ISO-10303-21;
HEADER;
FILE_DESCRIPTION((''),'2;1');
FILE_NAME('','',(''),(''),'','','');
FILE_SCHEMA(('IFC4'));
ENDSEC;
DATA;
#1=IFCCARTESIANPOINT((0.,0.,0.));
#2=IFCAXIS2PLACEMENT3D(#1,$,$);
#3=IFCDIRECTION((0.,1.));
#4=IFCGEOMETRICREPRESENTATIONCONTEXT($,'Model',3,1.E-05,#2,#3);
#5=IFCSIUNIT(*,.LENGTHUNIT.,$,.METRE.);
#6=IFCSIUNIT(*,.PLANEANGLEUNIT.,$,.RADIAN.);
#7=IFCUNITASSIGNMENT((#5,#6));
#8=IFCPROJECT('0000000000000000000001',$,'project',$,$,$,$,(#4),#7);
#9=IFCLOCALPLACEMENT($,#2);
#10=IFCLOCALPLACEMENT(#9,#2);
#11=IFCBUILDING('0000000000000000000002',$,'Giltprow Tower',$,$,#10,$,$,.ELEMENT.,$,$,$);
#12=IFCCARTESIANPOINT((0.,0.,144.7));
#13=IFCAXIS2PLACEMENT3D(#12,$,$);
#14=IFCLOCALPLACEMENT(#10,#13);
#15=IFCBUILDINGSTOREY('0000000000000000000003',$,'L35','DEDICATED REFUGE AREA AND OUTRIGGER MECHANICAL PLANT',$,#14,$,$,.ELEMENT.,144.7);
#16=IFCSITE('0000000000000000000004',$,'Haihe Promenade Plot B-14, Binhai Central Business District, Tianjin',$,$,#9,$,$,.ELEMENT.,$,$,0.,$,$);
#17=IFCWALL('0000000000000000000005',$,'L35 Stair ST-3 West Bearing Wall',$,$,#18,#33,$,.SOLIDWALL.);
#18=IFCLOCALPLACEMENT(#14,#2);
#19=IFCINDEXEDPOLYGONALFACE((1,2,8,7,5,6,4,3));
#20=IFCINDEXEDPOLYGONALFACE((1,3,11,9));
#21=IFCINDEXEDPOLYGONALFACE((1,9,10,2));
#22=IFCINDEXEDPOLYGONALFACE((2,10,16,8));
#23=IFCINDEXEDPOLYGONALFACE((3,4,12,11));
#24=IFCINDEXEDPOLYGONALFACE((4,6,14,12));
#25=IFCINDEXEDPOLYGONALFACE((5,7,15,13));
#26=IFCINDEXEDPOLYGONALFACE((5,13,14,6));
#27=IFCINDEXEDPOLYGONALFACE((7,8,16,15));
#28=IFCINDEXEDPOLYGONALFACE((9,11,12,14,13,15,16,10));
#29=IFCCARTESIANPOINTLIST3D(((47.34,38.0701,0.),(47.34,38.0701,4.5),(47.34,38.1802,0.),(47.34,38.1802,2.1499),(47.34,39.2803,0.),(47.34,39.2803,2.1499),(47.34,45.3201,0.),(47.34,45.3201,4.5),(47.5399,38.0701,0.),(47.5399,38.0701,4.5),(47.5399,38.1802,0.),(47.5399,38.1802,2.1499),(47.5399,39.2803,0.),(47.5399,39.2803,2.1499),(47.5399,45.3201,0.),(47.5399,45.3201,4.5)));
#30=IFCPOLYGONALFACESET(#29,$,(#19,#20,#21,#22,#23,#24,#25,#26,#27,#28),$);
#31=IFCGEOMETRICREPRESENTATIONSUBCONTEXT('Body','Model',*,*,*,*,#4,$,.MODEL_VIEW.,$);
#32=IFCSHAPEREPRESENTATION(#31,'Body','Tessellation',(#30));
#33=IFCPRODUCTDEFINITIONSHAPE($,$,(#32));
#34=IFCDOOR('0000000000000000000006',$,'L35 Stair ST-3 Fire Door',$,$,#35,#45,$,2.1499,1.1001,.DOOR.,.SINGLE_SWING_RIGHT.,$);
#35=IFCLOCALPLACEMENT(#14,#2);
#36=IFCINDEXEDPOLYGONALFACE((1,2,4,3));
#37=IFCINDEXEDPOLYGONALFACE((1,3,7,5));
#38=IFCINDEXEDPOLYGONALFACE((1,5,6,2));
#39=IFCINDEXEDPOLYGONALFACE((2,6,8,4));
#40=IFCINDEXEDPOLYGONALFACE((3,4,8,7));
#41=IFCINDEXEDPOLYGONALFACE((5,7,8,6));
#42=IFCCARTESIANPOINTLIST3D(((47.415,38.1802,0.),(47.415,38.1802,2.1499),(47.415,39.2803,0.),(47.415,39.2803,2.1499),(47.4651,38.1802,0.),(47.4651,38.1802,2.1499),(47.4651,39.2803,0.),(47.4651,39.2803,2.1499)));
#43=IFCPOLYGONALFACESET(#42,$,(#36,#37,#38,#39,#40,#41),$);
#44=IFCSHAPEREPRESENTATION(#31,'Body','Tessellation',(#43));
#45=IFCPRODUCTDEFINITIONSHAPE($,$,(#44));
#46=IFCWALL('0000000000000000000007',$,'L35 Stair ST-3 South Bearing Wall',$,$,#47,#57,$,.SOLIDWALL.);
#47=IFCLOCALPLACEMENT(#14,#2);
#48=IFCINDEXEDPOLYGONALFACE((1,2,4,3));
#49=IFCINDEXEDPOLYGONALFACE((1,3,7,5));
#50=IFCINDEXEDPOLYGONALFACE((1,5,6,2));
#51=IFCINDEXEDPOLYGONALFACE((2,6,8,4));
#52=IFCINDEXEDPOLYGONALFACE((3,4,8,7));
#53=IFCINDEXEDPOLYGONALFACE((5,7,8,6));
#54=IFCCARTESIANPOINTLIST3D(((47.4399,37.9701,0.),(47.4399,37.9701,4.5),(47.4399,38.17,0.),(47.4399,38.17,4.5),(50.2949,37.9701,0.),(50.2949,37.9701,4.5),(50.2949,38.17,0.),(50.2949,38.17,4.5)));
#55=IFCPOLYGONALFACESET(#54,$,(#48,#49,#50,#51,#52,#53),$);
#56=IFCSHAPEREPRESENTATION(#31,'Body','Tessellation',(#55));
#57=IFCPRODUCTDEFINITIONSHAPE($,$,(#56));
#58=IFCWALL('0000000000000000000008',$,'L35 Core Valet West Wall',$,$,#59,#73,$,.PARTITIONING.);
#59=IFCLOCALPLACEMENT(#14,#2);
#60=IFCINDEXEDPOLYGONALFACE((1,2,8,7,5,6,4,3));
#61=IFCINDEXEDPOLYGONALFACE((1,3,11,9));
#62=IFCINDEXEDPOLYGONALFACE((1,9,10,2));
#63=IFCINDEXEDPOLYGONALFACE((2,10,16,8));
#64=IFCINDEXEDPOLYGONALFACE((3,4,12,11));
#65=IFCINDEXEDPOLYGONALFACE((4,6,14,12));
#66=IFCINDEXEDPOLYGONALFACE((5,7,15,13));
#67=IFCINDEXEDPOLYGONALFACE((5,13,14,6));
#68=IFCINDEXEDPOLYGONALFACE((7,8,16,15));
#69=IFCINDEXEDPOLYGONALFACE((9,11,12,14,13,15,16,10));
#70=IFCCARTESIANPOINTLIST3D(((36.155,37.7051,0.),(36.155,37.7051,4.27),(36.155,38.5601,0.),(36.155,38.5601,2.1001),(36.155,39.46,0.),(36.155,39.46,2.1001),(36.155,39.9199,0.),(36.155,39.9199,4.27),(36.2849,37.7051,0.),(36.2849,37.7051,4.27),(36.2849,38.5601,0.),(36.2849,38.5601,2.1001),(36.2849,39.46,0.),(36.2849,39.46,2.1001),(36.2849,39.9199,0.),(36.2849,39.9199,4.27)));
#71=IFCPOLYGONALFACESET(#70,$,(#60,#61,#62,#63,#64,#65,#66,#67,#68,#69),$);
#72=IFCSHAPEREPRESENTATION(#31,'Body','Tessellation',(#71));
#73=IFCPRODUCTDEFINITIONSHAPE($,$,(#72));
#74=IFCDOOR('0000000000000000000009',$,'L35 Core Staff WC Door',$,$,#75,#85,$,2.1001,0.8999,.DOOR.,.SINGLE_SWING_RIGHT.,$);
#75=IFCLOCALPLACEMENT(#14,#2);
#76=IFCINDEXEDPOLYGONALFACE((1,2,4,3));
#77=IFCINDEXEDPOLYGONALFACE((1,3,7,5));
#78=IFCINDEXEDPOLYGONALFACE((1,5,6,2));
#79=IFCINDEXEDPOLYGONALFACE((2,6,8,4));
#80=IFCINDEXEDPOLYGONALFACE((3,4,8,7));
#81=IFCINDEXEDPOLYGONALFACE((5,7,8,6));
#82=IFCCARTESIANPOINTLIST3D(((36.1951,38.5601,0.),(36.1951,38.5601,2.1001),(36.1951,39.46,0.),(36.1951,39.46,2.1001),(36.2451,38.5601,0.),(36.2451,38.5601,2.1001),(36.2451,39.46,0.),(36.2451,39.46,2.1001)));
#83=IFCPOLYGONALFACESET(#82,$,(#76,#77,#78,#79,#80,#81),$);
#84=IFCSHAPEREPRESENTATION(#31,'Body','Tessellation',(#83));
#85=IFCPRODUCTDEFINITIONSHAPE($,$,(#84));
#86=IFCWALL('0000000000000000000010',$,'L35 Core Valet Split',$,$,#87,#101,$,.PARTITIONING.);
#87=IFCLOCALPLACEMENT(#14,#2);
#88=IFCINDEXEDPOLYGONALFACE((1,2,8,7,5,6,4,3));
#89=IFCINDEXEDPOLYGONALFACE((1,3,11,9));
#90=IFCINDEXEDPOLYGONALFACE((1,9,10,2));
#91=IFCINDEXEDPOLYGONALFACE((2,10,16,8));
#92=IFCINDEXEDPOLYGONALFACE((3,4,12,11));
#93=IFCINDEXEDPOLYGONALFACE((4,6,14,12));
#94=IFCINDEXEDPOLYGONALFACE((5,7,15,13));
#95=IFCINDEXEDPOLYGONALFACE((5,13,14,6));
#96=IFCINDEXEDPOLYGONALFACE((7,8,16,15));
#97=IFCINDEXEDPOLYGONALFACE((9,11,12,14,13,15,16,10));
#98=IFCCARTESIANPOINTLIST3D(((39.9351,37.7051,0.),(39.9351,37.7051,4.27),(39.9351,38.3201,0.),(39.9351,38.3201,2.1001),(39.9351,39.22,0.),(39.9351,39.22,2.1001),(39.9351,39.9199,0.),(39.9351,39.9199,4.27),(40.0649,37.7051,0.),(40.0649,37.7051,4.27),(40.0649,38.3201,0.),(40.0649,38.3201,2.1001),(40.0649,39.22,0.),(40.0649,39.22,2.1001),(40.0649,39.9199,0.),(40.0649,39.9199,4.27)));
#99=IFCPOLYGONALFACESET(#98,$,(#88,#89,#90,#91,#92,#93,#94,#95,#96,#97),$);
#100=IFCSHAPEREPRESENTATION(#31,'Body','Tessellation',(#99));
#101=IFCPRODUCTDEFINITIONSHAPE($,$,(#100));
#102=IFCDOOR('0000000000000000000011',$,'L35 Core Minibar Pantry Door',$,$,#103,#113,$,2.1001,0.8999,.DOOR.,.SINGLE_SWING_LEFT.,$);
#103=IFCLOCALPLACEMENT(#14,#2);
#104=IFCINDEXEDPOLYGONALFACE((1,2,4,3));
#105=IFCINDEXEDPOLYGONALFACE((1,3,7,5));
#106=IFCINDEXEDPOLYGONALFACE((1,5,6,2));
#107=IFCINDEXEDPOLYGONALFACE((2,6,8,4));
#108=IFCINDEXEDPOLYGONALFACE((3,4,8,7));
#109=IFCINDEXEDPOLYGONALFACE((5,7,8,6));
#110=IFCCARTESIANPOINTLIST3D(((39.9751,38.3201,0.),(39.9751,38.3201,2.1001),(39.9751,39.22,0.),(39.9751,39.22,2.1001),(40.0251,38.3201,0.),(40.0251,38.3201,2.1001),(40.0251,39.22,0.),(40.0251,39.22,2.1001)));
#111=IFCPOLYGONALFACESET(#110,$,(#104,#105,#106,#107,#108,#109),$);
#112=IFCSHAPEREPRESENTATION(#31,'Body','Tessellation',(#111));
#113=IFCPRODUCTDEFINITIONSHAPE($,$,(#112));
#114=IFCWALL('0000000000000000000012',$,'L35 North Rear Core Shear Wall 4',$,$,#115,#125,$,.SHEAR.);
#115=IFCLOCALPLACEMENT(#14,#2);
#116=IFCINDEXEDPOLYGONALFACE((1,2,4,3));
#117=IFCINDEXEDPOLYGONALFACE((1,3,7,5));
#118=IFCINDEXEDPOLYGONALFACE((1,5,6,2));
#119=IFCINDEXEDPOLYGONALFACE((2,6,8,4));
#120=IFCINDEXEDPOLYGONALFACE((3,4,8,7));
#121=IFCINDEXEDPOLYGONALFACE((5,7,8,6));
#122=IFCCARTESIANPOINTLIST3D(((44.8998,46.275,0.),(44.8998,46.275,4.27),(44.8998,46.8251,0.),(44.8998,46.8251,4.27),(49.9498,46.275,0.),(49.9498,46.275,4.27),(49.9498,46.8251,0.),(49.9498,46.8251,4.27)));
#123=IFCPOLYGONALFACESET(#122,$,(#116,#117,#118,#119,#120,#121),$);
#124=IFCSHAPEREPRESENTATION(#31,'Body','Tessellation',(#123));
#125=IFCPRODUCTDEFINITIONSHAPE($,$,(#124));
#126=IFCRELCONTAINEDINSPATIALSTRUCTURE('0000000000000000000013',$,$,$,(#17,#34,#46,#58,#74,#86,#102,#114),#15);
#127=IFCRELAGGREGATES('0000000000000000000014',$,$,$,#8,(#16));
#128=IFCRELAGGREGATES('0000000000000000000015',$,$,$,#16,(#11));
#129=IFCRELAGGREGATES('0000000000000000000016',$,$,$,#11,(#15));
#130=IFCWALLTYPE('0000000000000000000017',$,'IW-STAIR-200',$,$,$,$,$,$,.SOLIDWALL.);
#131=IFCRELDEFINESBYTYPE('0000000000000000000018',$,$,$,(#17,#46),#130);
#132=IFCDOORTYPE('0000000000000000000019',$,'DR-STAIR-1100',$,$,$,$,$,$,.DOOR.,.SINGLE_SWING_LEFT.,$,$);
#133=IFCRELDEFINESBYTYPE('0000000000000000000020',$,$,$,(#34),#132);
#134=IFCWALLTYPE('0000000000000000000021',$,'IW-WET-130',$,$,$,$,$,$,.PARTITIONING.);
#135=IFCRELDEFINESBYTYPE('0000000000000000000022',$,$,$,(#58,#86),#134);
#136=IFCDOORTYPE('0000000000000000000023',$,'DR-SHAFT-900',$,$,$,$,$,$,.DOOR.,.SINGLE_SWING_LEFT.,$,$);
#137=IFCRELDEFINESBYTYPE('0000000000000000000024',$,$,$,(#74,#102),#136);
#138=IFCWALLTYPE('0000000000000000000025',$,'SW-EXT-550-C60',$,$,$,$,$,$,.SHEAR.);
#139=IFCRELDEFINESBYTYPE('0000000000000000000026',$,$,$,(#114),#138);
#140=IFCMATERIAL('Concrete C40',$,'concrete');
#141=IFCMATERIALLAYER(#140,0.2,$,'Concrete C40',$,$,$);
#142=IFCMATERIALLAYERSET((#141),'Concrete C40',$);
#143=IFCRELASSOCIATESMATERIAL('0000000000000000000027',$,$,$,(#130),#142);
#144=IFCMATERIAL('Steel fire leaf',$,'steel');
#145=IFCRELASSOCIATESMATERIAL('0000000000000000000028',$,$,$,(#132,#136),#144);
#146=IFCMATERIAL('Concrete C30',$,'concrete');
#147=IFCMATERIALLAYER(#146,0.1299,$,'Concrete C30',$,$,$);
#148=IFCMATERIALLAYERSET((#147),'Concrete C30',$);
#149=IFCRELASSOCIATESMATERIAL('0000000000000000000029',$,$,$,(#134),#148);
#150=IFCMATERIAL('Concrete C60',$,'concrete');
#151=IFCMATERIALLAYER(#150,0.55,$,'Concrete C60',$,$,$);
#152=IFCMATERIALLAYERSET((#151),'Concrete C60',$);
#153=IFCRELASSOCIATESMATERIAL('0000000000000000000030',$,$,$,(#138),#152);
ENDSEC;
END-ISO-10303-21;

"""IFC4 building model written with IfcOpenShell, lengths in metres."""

from ifc_helpers import new_model, si_unit, direction, frame, frame_2d, origin, place, context, subcontext, project, spatial, rectangle, extrude, source, transform, mapped, material, layer, layer_set, type_object, element, fill, save


model = new_model("IFC4")

# Units and contexts
model_context = context("Model", 3, precision=1e-05, world=origin(), true_north=direction((0.0, 1.0)))
body_context = subcontext(model_context, "Body", "Model", "MODEL_VIEW")
ifc_project = project(units=[si_unit("LENGTHUNIT", "METRE"), si_unit("PLANEANGLEUNIT", "RADIAN")], contexts=[model_context])

# Site, building, storey
site_placement = place(None, origin())
site = spatial("IfcSite", under=ifc_project, at=site_placement, Name="Haihe Promenade Plot B-14, Binhai Central Business District, Tianjin", CompositionType="ELEMENT", RefElevation=0.0)
building_placement = place(site_placement, origin())
building = spatial("IfcBuilding", under=site, at=building_placement, Name="Giltprow Tower", CompositionType="ELEMENT")
storey_placement = place(building_placement, frame((0.0, 0.0, 144.7)))
storey = spatial("IfcBuildingStorey", under=building, at=storey_placement, Name="L35", Description="DEDICATED REFUGE AREA AND OUTRIGGER MECHANICAL PLANT", CompositionType="ELEMENT", Elevation=144.7)

# Shared definitions
ifc_material_1 = material(Name="Concrete C60", Category="concrete")

# Shared definitions
ifc_material_2 = material(Name="Concrete C40", Category="concrete")

# Wall, opening, door
ifc_layer_1 = layer(ifc_material_2, 0.2, Name="Concrete C40")
ifc_layer_set_1 = layer_set([ifc_layer_1], Name="Concrete C40")
wall_type_1 = type_object("IfcWallType", Name="IW-STAIR-200", PredefinedType="SOLIDWALL", material=ifc_layer_set_1)
wall_1_placement = place(storey_placement, frame((47.4399, 38.0701, 0.0), z_axis=(0.0, 0.0, 1.0), x_axis=(0.0, 1.0, 0.0)))
wall_1 = element("IfcWall", 1, at=wall_1_placement, inside=storey, type_object=wall_type_1, Name="L35 Stair ST-3 West Bearing Wall", PredefinedType="SOLIDWALL", context=body_context, shape_type="SweptSolid", body=[
    extrude(rectangle(XDim=7.25, YDim=0.2, at=frame_2d((3.625, 0.0))), origin(), (0.0, 0.0, 1.0), 4.5),
])
opening_1_placement = place(wall_1_placement, frame((0.1101, 0.0, 0.0)))
opening_1 = element("IfcOpeningElement", 2, at=opening_1_placement, cuts=wall_1, PredefinedType="OPENING", context=body_context, shape_type="SweptSolid", body=[
    extrude(rectangle(XDim=1.1001, YDim=2.1499, at=frame_2d((0.55, 1.075))), frame((0.0, 0.1099, 0.0), z_axis=(0.0, -1.0, 0.0), x_axis=(1.0, 0.0, 0.0)), (0.0, 0.0, 1.0), 0.22),
])
ifc_material_3 = material(Name="Steel fire leaf", Category="steel")
door_type_1 = type_object("IfcDoorType", Name="DR-STAIR-1100", OperationType="SINGLE_SWING_LEFT", PredefinedType="DOOR", material=ifc_material_3)
shared_shape_1 = source(origin(), body_context, "Body", "SweptSolid", [
    extrude(rectangle(XDim=1.1001, YDim=2.1499, at=frame_2d((0.55, 1.075))), frame((0.0, 0.0249, 0.0), z_axis=(0.0, -1.0, 0.0), x_axis=(1.0, 0.0, 0.0)), (0.0, 0.0, 1.0), 0.05),
])
door_1_placement = place(opening_1_placement, origin())
door_1 = element("IfcDoor", 3, at=door_1_placement, inside=storey, type_object=door_type_1, Name="L35 Stair ST-3 Fire Door", OperationType="SINGLE_SWING_RIGHT", OverallHeight=2.1499, OverallWidth=1.1001, PredefinedType="DOOR", context=body_context, shape_type="MappedRepresentation", body=[
    mapped(shared_shape_1, transform((0.0, 0.0, 0.0), x_axis=(1.0, 0.0, 0.0), y_axis=(0.0, 1.0, 0.0), z_axis=(0.0, 0.0, 1.0), scale=1.0)),
])
fill(opening_1, door_1)

# Wall
wall_2_placement = place(storey_placement, frame((47.4399, 38.0701, 0.0), z_axis=(0.0, 0.0, 1.0), x_axis=(1.0, 0.0, 0.0)))
element("IfcWall", 4, at=wall_2_placement, inside=storey, type_object=wall_type_1, Name="L35 Stair ST-3 South Bearing Wall", PredefinedType="SOLIDWALL", context=body_context, shape_type="SweptSolid", body=[
    extrude(rectangle(XDim=2.855, YDim=0.2, at=frame_2d((1.4275, 0.0))), origin(), (0.0, 0.0, 1.0), 4.5),
])

# Walls, openings, doors
ifc_material_4 = material(Name="Concrete C30", Category="concrete")
ifc_layer_2 = layer(ifc_material_4, 0.1299, Name="Concrete C30")
ifc_layer_set_2 = layer_set([ifc_layer_2], Name="Concrete C30")
wall_type_2 = type_object("IfcWallType", Name="IW-WET-130", PredefinedType="PARTITIONING", material=ifc_layer_set_2)
wall_3_placement = place(storey_placement, frame((36.22, 37.7051, 0.0), z_axis=(0.0, 0.0, 1.0), x_axis=(0.0, 1.0, 0.0)))
wall_3 = element("IfcWall", 5, at=wall_3_placement, inside=storey, type_object=wall_type_2, Name="L35 Core Valet West Wall", PredefinedType="PARTITIONING", context=body_context, shape_type="SweptSolid", body=[
    extrude(rectangle(XDim=2.2148, YDim=0.1299, at=frame_2d((1.1074, 0.0))), origin(), (0.0, 0.0, 1.0), 4.27),
])
opening_2_placement = place(wall_3_placement, frame((0.855, 0.0, 0.0)))
opening_2 = element("IfcOpeningElement", 6, at=opening_2_placement, cuts=wall_3, PredefinedType="OPENING", context=body_context, shape_type="SweptSolid", body=[
    extrude(rectangle(XDim=0.8999, YDim=2.1001, at=frame_2d((0.45, 1.05))), frame((0.0, 0.075, 0.0), z_axis=(0.0, -1.0, 0.0), x_axis=(1.0, 0.0, 0.0)), (0.0, 0.0, 1.0), 0.1499),
])
door_type_2 = type_object("IfcDoorType", Name="DR-SHAFT-900", OperationType="SINGLE_SWING_LEFT", PredefinedType="DOOR", material=ifc_material_3)
shared_shape_2 = source(origin(), body_context, "Body", "SweptSolid", [
    extrude(rectangle(XDim=0.8999, YDim=2.1001, at=frame_2d((0.45, 1.05))), frame((0.0, 0.0249, 0.0), z_axis=(0.0, -1.0, 0.0), x_axis=(1.0, 0.0, 0.0)), (0.0, 0.0, 1.0), 0.05),
])
door_2_placement = place(opening_2_placement, origin())
door_2 = element("IfcDoor", 7, at=door_2_placement, inside=storey, type_object=door_type_2, Name="L35 Core Staff WC Door", OperationType="SINGLE_SWING_RIGHT", OverallHeight=2.1001, OverallWidth=0.8999, PredefinedType="DOOR", context=body_context, shape_type="MappedRepresentation", body=[
    mapped(shared_shape_2, transform((0.0, 0.0, 0.0), x_axis=(1.0, 0.0, 0.0), y_axis=(0.0, 1.0, 0.0), z_axis=(0.0, 0.0, 1.0), scale=1.0)),
])
fill(opening_2, door_2)
wall_4_placement = place(storey_placement, frame((40.0, 37.7051, 0.0), z_axis=(0.0, 0.0, 1.0), x_axis=(0.0, 1.0, 0.0)))
wall_4 = element("IfcWall", 8, at=wall_4_placement, inside=storey, type_object=wall_type_2, Name="L35 Core Valet Split", PredefinedType="PARTITIONING", context=body_context, shape_type="SweptSolid", body=[
    extrude(rectangle(XDim=2.2148, YDim=0.1299, at=frame_2d((1.1074, 0.0))), origin(), (0.0, 0.0, 1.0), 4.27),
])
opening_3_placement = place(wall_4_placement, frame((0.615, 0.0, 0.0)))
opening_3 = element("IfcOpeningElement", 9, at=opening_3_placement, cuts=wall_4, PredefinedType="OPENING", context=body_context, shape_type="SweptSolid", body=[
    extrude(rectangle(XDim=0.8999, YDim=2.1001, at=frame_2d((0.45, 1.05))), frame((0.0, 0.075, 0.0), z_axis=(0.0, -1.0, 0.0), x_axis=(1.0, 0.0, 0.0)), (0.0, 0.0, 1.0), 0.1499),
])
door_3_placement = place(opening_3_placement, origin())
door_3 = element("IfcDoor", 10, at=door_3_placement, inside=storey, type_object=door_type_2, Name="L35 Core Minibar Pantry Door", OperationType="SINGLE_SWING_LEFT", OverallHeight=2.1001, OverallWidth=0.8999, PredefinedType="DOOR", context=body_context, shape_type="MappedRepresentation", body=[
    mapped(shared_shape_2, transform((0.0, 0.0, 0.0), x_axis=(1.0, 0.0, 0.0), y_axis=(0.0, 1.0, 0.0), z_axis=(0.0, 0.0, 1.0), scale=1.0)),
])
fill(opening_3, door_3)

# Wall
ifc_layer_3 = layer(ifc_material_1, 0.55, Name="Concrete C60")
ifc_layer_set_3 = layer_set([ifc_layer_3], Name="Concrete C60")
wall_type_3 = type_object("IfcWallType", Name="SW-EXT-550-C60", PredefinedType="SHEAR", material=ifc_layer_set_3)
wall_5_placement = place(storey_placement, frame((44.8999, 46.55, 0.0), z_axis=(0.0, 0.0, 1.0), x_axis=(1.0, 0.0, 0.0)))
element("IfcWall", 11, at=wall_5_placement, inside=storey, type_object=wall_type_3, Name="L35 North Rear Core Shear Wall 4", PredefinedType="SHEAR", context=body_context, shape_type="SweptSolid", body=[
    extrude(rectangle(XDim=5.05, YDim=0.55, at=frame_2d((2.5249, 0.0))), origin(), (0.0, 0.0, 1.0), 4.27),
])

save(model, "model.ifc")
